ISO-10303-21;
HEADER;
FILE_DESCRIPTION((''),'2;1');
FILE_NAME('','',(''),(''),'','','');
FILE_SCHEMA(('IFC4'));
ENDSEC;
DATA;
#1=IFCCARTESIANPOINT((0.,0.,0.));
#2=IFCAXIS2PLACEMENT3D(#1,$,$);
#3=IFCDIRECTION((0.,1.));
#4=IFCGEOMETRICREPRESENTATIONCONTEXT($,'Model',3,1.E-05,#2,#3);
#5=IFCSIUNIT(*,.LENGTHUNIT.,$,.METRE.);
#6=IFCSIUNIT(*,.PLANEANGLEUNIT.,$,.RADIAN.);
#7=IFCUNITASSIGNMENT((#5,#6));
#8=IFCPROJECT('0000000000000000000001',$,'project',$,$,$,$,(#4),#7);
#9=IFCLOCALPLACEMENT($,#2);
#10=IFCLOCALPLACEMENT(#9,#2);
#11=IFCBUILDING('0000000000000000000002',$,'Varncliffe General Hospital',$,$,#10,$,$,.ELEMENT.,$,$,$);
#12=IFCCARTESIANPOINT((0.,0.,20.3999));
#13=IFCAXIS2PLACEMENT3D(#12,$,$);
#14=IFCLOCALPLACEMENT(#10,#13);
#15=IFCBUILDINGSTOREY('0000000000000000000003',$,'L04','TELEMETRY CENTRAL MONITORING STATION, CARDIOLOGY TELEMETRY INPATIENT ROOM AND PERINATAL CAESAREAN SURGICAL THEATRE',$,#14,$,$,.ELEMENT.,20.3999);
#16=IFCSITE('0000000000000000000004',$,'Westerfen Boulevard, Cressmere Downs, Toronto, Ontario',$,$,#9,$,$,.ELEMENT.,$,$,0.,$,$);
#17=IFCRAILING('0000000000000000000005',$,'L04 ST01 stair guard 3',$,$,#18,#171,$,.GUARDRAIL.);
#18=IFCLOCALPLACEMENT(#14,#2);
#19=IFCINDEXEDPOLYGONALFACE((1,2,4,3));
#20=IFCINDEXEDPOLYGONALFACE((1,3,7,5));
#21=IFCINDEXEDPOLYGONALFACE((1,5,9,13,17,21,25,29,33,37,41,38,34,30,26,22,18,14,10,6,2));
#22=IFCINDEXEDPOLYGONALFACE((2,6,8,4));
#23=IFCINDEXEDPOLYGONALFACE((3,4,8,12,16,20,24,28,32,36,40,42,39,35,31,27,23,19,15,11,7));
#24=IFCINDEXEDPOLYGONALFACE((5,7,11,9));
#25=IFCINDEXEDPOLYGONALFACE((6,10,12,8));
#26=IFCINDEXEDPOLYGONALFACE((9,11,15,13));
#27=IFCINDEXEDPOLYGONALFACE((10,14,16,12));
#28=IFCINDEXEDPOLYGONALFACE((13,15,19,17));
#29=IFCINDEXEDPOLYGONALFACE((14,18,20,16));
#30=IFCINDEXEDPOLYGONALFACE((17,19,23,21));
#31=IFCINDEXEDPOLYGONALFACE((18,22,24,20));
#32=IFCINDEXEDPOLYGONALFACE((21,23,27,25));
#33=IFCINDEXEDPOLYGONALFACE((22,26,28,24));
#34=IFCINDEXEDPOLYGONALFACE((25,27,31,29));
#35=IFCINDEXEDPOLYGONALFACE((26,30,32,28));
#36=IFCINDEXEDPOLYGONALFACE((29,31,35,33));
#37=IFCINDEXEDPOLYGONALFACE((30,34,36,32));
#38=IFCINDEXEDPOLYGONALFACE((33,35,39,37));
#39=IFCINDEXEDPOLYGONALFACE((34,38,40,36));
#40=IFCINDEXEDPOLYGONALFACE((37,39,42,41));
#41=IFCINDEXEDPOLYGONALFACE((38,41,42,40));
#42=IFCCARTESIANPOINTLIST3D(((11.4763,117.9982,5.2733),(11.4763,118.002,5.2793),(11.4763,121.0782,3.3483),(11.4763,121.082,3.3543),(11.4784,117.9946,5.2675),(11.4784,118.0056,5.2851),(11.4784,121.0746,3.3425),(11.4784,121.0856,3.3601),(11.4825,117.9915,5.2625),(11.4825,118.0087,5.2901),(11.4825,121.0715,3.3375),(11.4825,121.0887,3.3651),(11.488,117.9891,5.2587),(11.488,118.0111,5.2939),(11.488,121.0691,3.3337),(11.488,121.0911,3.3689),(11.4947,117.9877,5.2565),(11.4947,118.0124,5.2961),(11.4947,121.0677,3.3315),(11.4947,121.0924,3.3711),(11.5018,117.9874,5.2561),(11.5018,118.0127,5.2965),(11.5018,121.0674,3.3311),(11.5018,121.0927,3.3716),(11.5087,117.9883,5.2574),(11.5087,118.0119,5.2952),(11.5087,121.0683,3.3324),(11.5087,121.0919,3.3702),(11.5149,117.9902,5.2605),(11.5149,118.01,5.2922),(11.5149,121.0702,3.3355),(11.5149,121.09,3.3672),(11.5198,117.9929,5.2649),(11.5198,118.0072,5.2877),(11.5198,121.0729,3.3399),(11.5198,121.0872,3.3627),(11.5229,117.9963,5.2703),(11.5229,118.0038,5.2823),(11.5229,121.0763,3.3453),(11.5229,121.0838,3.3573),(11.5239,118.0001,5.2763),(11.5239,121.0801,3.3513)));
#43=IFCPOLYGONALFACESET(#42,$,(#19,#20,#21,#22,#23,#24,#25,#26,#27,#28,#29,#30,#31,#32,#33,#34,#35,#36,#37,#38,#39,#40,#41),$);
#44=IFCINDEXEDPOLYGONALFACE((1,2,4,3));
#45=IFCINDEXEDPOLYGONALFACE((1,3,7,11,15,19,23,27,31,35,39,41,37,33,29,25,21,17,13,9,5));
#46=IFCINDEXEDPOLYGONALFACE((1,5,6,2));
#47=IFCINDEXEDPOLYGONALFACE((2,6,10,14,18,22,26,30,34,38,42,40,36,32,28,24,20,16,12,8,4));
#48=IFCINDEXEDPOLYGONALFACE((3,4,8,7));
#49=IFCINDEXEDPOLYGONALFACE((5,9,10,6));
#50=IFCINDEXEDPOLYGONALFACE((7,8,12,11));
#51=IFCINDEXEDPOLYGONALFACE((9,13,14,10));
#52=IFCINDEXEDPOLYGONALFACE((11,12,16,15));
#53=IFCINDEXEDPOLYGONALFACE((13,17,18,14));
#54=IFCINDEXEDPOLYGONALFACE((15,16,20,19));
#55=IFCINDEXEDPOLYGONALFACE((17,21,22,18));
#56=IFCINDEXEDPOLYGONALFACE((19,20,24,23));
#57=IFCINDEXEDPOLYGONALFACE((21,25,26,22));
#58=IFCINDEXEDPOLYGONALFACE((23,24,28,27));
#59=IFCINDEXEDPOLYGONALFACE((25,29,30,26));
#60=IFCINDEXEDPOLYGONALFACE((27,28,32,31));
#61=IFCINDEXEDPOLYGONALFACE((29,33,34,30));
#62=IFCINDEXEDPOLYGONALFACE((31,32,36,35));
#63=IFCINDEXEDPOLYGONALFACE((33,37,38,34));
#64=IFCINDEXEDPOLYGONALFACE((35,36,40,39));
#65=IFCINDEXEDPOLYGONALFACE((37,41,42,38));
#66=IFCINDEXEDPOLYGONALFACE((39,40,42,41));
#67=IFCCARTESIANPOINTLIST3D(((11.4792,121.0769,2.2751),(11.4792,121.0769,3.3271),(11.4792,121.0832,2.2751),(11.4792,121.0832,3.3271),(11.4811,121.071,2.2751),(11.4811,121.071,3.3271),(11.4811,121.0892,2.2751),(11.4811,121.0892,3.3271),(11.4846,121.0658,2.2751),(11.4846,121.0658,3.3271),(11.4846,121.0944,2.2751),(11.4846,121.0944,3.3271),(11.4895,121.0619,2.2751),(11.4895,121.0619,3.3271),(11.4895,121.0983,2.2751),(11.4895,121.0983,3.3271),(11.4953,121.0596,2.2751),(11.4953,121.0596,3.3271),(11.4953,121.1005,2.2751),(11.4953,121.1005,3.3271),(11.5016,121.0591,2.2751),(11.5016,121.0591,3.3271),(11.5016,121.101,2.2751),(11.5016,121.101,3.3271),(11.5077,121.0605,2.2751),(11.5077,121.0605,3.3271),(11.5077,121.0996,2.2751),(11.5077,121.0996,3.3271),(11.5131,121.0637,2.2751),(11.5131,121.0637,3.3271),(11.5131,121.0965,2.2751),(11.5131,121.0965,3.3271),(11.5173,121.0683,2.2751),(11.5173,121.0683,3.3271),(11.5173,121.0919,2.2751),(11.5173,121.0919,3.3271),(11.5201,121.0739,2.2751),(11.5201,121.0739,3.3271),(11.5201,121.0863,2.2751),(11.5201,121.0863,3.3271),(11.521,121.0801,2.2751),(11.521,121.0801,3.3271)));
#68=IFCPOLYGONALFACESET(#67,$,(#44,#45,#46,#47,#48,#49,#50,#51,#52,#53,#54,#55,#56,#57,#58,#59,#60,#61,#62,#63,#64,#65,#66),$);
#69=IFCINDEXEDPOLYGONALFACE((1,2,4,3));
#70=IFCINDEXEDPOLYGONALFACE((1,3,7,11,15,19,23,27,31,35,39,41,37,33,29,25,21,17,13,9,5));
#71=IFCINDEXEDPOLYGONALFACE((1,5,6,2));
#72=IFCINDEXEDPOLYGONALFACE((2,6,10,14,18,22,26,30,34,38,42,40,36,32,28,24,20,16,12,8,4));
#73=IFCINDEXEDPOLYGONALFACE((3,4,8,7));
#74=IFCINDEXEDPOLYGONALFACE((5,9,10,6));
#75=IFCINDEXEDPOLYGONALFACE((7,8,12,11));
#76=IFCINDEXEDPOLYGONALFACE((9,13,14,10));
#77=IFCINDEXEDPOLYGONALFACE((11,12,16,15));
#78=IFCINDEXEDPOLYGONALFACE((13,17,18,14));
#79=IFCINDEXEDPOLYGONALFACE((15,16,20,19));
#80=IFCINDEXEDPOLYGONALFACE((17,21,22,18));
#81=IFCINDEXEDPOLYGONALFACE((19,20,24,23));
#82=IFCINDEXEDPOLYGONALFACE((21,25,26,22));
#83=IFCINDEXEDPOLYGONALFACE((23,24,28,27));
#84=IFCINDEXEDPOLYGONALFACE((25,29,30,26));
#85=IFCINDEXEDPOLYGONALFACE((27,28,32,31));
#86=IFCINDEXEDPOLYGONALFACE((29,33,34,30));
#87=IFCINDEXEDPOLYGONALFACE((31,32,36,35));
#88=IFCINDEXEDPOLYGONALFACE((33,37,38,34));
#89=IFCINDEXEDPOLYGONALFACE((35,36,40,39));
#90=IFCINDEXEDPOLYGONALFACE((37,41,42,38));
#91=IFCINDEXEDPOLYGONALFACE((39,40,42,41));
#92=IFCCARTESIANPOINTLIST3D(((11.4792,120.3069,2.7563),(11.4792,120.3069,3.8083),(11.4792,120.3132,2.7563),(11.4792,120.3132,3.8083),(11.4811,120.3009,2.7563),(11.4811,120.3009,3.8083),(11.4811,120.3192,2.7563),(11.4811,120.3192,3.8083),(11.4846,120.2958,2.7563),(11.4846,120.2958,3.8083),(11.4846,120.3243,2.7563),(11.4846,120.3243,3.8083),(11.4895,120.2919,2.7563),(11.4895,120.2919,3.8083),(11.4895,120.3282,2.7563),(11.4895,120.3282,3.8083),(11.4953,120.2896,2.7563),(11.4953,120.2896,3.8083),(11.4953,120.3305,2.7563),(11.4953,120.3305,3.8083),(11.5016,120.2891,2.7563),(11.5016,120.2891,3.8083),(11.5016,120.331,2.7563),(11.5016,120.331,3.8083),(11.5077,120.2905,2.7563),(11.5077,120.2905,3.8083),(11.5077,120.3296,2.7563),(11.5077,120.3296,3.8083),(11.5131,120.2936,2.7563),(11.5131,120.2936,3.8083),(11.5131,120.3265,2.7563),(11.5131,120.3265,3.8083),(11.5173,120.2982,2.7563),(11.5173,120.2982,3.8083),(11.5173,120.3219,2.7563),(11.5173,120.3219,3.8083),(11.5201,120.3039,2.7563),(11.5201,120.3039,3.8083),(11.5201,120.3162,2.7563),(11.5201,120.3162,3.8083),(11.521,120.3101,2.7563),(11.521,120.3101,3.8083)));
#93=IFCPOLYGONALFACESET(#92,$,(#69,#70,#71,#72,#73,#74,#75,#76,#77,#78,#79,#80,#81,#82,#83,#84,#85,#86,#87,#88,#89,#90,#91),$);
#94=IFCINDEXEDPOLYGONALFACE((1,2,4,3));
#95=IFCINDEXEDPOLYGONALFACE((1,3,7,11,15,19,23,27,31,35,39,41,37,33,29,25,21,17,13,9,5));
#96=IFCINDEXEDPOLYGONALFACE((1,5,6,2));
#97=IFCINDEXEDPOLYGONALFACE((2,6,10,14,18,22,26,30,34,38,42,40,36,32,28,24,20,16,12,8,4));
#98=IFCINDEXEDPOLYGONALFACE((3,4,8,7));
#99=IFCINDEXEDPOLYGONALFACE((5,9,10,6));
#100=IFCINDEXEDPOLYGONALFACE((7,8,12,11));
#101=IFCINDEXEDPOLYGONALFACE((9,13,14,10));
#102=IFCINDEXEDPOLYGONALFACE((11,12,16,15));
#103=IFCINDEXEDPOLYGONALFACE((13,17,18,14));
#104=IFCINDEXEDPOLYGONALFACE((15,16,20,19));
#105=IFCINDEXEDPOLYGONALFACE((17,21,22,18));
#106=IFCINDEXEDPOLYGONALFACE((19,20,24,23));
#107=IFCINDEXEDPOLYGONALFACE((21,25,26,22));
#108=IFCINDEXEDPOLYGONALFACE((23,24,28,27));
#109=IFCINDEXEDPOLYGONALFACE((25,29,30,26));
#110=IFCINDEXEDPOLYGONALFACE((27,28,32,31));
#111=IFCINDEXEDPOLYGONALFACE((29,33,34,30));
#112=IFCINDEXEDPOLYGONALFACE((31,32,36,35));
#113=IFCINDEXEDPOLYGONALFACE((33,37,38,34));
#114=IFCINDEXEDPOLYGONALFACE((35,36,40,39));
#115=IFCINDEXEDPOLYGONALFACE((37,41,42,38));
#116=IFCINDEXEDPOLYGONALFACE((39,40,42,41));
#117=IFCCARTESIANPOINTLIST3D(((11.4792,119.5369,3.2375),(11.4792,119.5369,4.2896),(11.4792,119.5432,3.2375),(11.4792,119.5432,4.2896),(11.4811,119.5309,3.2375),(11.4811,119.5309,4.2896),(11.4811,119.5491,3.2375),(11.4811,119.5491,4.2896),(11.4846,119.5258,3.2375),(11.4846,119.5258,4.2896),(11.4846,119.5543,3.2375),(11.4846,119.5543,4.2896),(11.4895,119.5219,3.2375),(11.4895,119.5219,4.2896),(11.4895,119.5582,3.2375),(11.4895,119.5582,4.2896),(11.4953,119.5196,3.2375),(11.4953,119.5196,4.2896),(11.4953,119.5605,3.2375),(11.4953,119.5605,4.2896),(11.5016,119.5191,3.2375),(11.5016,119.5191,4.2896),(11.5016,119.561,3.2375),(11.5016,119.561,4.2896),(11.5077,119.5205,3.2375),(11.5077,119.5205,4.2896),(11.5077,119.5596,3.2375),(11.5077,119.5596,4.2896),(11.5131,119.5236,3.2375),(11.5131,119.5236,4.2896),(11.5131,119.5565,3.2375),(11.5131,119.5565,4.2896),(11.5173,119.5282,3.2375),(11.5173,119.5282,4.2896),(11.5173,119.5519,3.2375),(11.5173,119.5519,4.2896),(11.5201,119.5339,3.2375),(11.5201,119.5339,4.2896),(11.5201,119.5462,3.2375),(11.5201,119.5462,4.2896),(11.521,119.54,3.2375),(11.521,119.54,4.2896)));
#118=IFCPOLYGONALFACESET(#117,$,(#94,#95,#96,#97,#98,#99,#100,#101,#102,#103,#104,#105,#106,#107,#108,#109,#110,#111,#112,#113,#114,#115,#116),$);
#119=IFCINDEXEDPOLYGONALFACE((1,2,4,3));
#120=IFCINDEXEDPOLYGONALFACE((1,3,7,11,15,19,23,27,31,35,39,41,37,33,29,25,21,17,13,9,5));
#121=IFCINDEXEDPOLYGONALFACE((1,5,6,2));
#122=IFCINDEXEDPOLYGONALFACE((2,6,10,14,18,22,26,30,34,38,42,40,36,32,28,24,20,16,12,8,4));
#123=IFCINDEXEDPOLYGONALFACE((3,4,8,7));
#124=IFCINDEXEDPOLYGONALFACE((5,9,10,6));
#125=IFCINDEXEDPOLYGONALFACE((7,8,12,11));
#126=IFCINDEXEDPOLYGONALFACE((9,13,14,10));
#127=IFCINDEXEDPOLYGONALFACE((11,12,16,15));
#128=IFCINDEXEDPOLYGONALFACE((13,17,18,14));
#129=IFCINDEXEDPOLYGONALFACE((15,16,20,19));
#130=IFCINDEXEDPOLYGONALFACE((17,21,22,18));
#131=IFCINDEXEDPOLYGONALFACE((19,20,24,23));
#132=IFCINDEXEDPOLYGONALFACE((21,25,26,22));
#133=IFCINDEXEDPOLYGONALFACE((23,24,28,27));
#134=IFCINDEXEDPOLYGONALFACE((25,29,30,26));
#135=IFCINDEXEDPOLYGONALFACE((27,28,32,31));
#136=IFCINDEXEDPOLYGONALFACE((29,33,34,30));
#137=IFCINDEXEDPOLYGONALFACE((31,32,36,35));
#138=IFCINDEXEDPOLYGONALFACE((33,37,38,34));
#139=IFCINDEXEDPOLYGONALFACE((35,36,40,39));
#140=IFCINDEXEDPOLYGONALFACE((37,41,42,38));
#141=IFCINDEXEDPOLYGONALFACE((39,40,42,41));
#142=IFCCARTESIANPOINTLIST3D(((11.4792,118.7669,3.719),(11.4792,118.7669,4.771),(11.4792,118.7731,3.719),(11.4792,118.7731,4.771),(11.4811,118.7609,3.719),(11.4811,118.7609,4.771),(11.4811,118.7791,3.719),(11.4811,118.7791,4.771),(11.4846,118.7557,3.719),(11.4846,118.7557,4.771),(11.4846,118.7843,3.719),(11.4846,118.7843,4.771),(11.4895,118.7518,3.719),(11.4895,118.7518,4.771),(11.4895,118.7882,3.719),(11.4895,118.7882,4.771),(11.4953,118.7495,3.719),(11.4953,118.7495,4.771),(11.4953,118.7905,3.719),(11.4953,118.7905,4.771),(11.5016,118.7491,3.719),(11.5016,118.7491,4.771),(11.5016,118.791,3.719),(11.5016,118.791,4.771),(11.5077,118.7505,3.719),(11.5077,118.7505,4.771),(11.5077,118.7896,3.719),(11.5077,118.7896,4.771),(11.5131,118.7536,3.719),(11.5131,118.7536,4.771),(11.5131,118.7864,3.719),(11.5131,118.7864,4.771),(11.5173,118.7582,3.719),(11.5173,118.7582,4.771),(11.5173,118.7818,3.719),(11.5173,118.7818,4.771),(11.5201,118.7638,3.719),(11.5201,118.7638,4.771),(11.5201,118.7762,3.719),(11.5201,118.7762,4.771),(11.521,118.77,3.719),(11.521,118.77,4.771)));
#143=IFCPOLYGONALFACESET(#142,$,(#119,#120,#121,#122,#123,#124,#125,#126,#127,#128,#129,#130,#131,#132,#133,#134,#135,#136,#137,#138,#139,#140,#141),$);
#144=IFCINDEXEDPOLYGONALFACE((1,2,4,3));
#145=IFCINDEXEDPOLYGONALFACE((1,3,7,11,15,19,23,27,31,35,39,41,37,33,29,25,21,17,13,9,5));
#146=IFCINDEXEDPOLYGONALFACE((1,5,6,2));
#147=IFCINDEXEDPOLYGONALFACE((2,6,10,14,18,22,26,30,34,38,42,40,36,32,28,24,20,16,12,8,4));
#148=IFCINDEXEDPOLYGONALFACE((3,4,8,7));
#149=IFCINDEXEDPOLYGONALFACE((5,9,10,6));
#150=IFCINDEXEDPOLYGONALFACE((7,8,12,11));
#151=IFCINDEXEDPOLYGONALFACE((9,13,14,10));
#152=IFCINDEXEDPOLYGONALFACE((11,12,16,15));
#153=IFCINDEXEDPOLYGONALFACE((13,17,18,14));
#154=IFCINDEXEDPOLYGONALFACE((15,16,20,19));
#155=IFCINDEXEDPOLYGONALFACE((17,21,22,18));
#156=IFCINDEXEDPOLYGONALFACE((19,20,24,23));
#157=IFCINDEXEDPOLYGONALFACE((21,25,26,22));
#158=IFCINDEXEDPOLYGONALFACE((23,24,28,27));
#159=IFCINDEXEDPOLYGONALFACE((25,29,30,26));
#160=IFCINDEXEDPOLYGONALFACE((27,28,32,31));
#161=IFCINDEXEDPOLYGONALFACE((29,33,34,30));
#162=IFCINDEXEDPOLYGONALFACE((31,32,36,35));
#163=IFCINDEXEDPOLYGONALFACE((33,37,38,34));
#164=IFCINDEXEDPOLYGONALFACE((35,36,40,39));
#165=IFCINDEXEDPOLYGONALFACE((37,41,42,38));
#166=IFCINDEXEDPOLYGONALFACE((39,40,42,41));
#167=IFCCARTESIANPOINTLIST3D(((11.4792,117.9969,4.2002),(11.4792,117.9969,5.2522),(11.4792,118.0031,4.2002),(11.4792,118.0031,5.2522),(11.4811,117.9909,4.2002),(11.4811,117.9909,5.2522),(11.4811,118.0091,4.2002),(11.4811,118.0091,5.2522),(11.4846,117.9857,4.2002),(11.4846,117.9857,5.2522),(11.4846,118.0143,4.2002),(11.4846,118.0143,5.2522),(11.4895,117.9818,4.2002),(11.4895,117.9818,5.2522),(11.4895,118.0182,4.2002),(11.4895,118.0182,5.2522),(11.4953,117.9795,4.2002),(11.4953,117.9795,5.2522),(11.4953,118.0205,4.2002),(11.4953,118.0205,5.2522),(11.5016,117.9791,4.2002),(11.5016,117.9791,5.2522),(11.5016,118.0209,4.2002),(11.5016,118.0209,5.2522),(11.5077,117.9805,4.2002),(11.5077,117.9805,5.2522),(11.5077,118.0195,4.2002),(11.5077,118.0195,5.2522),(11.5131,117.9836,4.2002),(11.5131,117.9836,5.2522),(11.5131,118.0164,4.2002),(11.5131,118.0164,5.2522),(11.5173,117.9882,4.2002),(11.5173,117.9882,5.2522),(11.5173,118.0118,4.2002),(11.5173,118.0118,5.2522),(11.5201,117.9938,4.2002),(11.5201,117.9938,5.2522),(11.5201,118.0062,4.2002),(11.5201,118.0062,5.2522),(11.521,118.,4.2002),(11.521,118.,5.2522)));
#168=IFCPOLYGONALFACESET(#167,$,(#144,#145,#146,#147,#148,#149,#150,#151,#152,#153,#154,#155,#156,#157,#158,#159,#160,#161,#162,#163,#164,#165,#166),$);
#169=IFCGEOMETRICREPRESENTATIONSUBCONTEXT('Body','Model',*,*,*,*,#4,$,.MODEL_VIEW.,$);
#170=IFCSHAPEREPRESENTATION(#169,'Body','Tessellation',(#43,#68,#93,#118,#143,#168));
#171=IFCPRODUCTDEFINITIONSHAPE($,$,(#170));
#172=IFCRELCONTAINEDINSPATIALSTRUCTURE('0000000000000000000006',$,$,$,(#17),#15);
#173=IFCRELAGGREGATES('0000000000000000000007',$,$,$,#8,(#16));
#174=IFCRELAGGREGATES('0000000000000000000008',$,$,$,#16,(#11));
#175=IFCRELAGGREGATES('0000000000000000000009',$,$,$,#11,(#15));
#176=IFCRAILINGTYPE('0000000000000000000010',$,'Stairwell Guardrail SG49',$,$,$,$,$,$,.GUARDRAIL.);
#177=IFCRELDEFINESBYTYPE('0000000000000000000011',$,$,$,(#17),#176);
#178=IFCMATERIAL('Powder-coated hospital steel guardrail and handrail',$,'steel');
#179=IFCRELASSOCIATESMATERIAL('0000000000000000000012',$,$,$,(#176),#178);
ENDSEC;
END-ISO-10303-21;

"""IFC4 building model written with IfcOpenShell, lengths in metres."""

from ifc_helpers import new_model, si_unit, direction, frame, origin, origin_2d, place, context, subcontext, project, spatial, circle, extrude, material, type_object, element, save


model = new_model("IFC4")

# Units and contexts
model_context = context("Model", 3, precision=1e-05, world=origin(), true_north=direction((0.0, 1.0)))
body_context = subcontext(model_context, "Body", "Model", "MODEL_VIEW")
ifc_project = project(units=[si_unit("LENGTHUNIT", "METRE"), si_unit("PLANEANGLEUNIT", "RADIAN")], contexts=[model_context])

# Site, building, storey
site_placement = place(None, origin())
site = spatial("IfcSite", under=ifc_project, at=site_placement, Name="Westerfen Boulevard, Cressmere Downs, Toronto, Ontario", CompositionType="ELEMENT", RefElevation=0.0)
building_placement = place(site_placement, origin())
building = spatial("IfcBuilding", under=site, at=building_placement, Name="Varncliffe General Hospital", CompositionType="ELEMENT")
storey_placement = place(building_placement, frame((0.0, 0.0, 20.3999)))
storey = spatial("IfcBuildingStorey", under=building, at=storey_placement, Name="L04", Description="TELEMETRY CENTRAL MONITORING STATION, CARDIOLOGY TELEMETRY INPATIENT ROOM AND PERINATAL CAESAREAN SURGICAL THEATRE", CompositionType="ELEMENT", Elevation=20.3999)

# Railing
ifc_material_1 = material(Name="Powder-coated hospital steel guardrail and handrail", Category="steel")
railing_type_1 = type_object("IfcRailingType", Name="Stairwell Guardrail SG49", PredefinedType="GUARDRAIL", material=ifc_material_1)
railing_1_placement = place(storey_placement, frame((11.5, 121.0801, 2.2751)))
element("IfcRailing", 1, at=railing_1_placement, inside=storey, type_object=railing_type_1, Name="L04 ST01 stair guard 3", PredefinedType="GUARDRAIL", context=body_context, shape_type="SweptSolid", body=[
    extrude(circle(Radius=0.0239, at=origin_2d()), frame((0.0, 0.0, 1.0762), z_axis=(0.0, -0.847998, 0.529999), x_axis=(1.0, 0.0, 0.0)), (0.0, 0.0, 1.0), 3.6321),
    extrude(circle(Radius=0.021, at=origin_2d()), origin(), (0.0, 0.0, 1.0), 1.052),
    extrude(circle(Radius=0.021, at=origin_2d()), frame((0.0, -0.77, 0.4812)), (0.0, 0.0, 1.0), 1.052),
    extrude(circle(Radius=0.021, at=origin_2d()), frame((0.0, -1.54, 0.9624)), (0.0, 0.0, 1.0), 1.052),
    extrude(circle(Radius=0.021, at=origin_2d()), frame((0.0, -2.3101, 1.4438)), (0.0, 0.0, 1.0), 1.052),
    extrude(circle(Radius=0.021, at=origin_2d()), frame((0.0, -3.0801, 1.925)), (0.0, 0.0, 1.0), 1.052),
])

save(model, "model.ifc")
